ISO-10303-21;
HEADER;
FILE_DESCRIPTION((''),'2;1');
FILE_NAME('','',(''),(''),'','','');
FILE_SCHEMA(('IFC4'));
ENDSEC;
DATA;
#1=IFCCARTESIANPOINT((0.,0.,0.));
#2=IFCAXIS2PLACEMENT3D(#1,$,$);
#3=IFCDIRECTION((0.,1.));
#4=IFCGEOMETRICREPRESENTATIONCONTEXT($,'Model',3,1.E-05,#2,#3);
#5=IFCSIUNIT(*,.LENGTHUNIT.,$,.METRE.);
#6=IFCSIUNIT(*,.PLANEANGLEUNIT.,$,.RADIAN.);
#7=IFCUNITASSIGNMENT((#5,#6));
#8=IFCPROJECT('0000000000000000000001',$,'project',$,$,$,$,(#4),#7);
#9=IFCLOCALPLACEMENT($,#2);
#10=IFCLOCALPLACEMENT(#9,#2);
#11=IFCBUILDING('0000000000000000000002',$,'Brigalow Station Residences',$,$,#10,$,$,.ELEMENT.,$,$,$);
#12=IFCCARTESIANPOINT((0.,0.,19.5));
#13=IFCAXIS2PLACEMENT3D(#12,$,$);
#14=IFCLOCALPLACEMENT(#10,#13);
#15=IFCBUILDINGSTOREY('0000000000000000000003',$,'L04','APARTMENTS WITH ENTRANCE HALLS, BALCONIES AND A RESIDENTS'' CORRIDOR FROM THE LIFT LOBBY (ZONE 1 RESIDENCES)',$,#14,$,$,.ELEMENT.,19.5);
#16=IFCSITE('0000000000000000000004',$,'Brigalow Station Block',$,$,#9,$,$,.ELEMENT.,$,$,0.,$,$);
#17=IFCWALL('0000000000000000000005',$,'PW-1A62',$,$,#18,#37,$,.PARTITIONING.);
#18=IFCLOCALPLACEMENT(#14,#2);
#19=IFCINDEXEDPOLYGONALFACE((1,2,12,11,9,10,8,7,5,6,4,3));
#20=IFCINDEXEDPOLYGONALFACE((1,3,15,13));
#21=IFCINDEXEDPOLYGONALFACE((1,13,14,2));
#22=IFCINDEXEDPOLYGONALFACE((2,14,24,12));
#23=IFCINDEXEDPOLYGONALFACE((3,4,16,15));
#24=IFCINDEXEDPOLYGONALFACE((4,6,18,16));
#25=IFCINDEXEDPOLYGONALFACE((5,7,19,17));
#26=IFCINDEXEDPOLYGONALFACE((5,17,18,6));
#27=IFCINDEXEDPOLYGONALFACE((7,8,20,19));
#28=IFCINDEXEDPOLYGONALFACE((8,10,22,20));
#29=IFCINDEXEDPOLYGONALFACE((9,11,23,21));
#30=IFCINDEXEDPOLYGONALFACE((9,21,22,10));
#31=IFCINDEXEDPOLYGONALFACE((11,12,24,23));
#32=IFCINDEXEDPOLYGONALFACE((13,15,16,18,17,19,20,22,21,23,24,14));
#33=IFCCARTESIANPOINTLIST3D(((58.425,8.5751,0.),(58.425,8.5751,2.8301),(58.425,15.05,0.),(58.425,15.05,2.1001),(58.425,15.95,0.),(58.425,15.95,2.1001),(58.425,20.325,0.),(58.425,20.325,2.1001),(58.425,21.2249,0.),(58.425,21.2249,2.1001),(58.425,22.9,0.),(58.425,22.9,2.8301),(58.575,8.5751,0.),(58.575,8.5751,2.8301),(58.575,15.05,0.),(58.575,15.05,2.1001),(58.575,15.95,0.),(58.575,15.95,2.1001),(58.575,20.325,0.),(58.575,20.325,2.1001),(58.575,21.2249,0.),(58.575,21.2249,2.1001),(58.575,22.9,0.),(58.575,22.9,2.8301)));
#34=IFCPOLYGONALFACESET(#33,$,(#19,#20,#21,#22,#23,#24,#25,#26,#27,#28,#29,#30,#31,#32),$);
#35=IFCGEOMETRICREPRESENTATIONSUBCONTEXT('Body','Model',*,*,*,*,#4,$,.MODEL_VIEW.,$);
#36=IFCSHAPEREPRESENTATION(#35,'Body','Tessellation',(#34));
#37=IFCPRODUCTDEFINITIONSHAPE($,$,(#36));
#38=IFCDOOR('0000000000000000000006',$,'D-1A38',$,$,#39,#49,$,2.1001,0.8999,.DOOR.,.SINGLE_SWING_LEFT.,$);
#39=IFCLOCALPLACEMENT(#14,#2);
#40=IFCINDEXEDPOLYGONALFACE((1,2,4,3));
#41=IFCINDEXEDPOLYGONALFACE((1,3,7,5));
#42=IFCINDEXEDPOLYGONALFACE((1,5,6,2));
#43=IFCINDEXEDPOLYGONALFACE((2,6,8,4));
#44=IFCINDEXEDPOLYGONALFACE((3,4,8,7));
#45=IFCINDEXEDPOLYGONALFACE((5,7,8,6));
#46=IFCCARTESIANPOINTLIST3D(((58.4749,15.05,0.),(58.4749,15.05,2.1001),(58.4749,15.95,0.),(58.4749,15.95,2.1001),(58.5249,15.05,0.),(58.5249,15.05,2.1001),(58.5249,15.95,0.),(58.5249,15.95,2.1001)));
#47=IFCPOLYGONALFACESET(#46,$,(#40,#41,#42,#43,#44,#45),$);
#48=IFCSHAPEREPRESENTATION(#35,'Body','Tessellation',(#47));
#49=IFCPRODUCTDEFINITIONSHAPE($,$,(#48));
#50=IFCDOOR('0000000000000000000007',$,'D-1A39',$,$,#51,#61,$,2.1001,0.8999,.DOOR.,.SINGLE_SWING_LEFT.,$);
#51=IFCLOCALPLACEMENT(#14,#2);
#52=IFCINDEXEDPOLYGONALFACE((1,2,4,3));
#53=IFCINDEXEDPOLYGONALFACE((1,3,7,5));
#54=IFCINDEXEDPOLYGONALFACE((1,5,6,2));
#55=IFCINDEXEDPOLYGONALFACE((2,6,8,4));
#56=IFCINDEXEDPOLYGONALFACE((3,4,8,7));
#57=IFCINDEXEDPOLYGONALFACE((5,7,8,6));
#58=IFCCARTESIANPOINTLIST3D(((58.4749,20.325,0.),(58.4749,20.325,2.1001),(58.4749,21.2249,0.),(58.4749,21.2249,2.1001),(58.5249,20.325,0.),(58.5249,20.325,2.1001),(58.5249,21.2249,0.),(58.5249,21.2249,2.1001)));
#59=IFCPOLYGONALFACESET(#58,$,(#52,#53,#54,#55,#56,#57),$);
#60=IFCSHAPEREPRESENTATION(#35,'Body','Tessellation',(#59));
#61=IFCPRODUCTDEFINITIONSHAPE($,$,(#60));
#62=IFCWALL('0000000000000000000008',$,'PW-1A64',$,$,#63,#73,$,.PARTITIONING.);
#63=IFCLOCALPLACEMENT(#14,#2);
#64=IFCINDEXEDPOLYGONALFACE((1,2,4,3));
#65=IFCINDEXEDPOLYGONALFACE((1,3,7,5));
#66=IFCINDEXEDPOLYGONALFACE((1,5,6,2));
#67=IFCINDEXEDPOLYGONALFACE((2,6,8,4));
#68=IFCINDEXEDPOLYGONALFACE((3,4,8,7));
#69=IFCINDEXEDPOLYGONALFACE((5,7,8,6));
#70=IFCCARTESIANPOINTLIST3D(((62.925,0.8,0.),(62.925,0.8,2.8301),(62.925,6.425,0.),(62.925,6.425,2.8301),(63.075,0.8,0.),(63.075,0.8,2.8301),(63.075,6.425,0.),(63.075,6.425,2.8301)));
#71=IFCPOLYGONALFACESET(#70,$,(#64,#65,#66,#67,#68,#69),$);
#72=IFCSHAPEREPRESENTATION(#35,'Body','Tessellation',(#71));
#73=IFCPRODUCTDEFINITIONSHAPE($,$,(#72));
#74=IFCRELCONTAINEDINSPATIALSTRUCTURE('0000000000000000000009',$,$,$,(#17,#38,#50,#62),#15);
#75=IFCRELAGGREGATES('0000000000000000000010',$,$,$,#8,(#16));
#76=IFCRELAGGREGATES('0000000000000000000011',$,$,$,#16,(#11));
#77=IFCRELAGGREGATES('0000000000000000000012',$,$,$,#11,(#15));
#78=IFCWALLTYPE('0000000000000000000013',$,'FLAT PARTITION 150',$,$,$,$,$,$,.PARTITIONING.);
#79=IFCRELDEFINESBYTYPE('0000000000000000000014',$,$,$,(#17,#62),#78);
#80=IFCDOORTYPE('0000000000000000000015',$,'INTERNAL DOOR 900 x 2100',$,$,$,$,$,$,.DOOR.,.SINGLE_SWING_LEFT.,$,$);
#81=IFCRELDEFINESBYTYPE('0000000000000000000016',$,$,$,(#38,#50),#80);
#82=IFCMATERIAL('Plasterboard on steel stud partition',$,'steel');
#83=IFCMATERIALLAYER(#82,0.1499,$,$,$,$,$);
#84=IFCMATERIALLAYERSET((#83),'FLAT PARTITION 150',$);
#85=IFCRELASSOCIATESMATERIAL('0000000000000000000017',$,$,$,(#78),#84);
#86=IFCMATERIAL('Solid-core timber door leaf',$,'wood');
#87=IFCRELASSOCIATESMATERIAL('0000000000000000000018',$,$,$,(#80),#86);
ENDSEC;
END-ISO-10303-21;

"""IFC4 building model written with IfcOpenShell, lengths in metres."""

from ifc_helpers import new_model, si_unit, direction, frame, frame_2d, origin, place, context, subcontext, project, spatial, rectangle, extrude, material, layer, layer_set, type_object, element, fill, save


model = new_model("IFC4")

# Units and contexts
model_context = context("Model", 3, precision=1e-05, world=origin(), true_north=direction((0.0, 1.0)))
body_context = subcontext(model_context, "Body", "Model", "MODEL_VIEW")
ifc_project = project(units=[si_unit("LENGTHUNIT", "METRE"), si_unit("PLANEANGLEUNIT", "RADIAN")], contexts=[model_context])

# Site, building, storey
site_placement = place(None, origin())
site = spatial("IfcSite", under=ifc_project, at=site_placement, Name="Brigalow Station Block", CompositionType="ELEMENT", RefElevation=0.0)
building_placement = place(site_placement, origin())
building = spatial("IfcBuilding", under=site, at=building_placement, Name="Brigalow Station Residences", CompositionType="ELEMENT")
storey_placement = place(building_placement, frame((0.0, 0.0, 19.5)))
storey = spatial("IfcBuildingStorey", under=building, at=storey_placement, Name="L04", Description="APARTMENTS WITH ENTRANCE HALLS, BALCONIES AND A RESIDENTS' CORRIDOR FROM THE LIFT LOBBY (ZONE 1 RESIDENCES)", CompositionType="ELEMENT", Elevation=19.5)

# Shared definitions
ifc_material_1 = material(Name="Plasterboard on steel stud partition", Category="steel")
ifc_layer_1 = layer(ifc_material_1, 0.1499)
ifc_layer_set_1 = layer_set([ifc_layer_1], Name="FLAT PARTITION 150")
wall_type_1 = type_object("IfcWallType", Name="FLAT PARTITION 150", PredefinedType="PARTITIONING", material=ifc_layer_set_1)
ifc_material_2 = material(Name="Solid-core timber door leaf", Category="wood")
door_type = type_object("IfcDoorType", Name="INTERNAL DOOR 900 x 2100", OperationType="SINGLE_SWING_LEFT", PredefinedType="DOOR", material=ifc_material_2)

# Wall, openings, doors
wall_1_placement = place(storey_placement, frame((58.5, 8.575, 0.0), z_axis=(0.0, 0.0, 1.0), x_axis=(0.0, 1.0, 0.0)))
wall_1 = element("IfcWall", 1, at=wall_1_placement, inside=storey, type_object=wall_type_1, Name="PW-1A62", PredefinedType="PARTITIONING", context=body_context, shape_type="SweptSolid", body=[
    extrude(rectangle(XDim=14.325, YDim=0.1499, at=frame_2d((7.1626, 0.0))), origin(), (0.0, 0.0, 1.0), 2.8301),
])
opening_1_placement = place(wall_1_placement, frame((6.4751, 0.0, 0.0)))
opening_1 = element("IfcOpeningElement", 2, at=opening_1_placement, cuts=wall_1, PredefinedType="OPENING", context=body_context, shape_type="SweptSolid", body=[
    extrude(rectangle(XDim=0.8999, YDim=2.1001, at=frame_2d((0.45, 1.05))), frame((0.0, 0.085, 0.0), z_axis=(0.0, -1.0, 0.0), x_axis=(1.0, 0.0, 0.0)), (0.0, 0.0, 1.0), 0.1699),
])
opening_2_placement = place(wall_1_placement, frame((11.75, 0.0, 0.0)))
opening_2 = element("IfcOpeningElement", 3, at=opening_2_placement, cuts=wall_1, PredefinedType="OPENING", context=body_context, shape_type="SweptSolid", body=[
    extrude(rectangle(XDim=0.8999, YDim=2.1001, at=frame_2d((0.45, 1.05))), frame((0.0, 0.085, 0.0), z_axis=(0.0, -1.0, 0.0), x_axis=(1.0, 0.0, 0.0)), (0.0, 0.0, 1.0), 0.1699),
])
door_1_placement = place(opening_1_placement, frame((0.8999, 0.0, 0.0), z_axis=(0.0, 0.0, 1.0), x_axis=(-1.0, 0.0, 0.0)))
door_1 = element("IfcDoor", 4, at=door_1_placement, inside=storey, type_object=door_type, Name="D-1A38", OperationType="SINGLE_SWING_LEFT", OverallHeight=2.1001, OverallWidth=0.8999, PredefinedType="DOOR", context=body_context, shape_type="SweptSolid", body=[
    extrude(rectangle(XDim=0.8999, YDim=2.1001, at=frame_2d((0.45, 1.05))), frame((0.0, 0.0249, 0.0), z_axis=(0.0, -1.0, 0.0), x_axis=(1.0, 0.0, 0.0)), (0.0, 0.0, 1.0), 0.05),
])
fill(opening_1, door_1)
door_2_placement = place(opening_2_placement, frame((0.8999, 0.0, 0.0), z_axis=(0.0, 0.0, 1.0), x_axis=(-1.0, 0.0, 0.0)))
door_2 = element("IfcDoor", 5, at=door_2_placement, inside=storey, type_object=door_type, Name="D-1A39", OperationType="SINGLE_SWING_LEFT", OverallHeight=2.1001, OverallWidth=0.8999, PredefinedType="DOOR", context=body_context, shape_type="SweptSolid", body=[
    extrude(rectangle(XDim=0.8999, YDim=2.1001, at=frame_2d((0.45, 1.05))), frame((0.0, 0.0249, 0.0), z_axis=(0.0, -1.0, 0.0), x_axis=(1.0, 0.0, 0.0)), (0.0, 0.0, 1.0), 0.05),
])
fill(opening_2, door_2)

# Wall
wall_2_placement = place(storey_placement, frame((63.0, 0.8, 0.0), z_axis=(0.0, 0.0, 1.0), x_axis=(0.0, 1.0, 0.0)))
element("IfcWall", 6, at=wall_2_placement, inside=storey, type_object=wall_type_1, Name="PW-1A64", PredefinedType="PARTITIONING", context=body_context, shape_type="SweptSolid", body=[
    extrude(rectangle(XDim=5.625, YDim=0.1499, at=frame_2d((2.8125, 0.0))), origin(), (0.0, 0.0, 1.0), 2.8301),
])

save(model, "model.ifc")
